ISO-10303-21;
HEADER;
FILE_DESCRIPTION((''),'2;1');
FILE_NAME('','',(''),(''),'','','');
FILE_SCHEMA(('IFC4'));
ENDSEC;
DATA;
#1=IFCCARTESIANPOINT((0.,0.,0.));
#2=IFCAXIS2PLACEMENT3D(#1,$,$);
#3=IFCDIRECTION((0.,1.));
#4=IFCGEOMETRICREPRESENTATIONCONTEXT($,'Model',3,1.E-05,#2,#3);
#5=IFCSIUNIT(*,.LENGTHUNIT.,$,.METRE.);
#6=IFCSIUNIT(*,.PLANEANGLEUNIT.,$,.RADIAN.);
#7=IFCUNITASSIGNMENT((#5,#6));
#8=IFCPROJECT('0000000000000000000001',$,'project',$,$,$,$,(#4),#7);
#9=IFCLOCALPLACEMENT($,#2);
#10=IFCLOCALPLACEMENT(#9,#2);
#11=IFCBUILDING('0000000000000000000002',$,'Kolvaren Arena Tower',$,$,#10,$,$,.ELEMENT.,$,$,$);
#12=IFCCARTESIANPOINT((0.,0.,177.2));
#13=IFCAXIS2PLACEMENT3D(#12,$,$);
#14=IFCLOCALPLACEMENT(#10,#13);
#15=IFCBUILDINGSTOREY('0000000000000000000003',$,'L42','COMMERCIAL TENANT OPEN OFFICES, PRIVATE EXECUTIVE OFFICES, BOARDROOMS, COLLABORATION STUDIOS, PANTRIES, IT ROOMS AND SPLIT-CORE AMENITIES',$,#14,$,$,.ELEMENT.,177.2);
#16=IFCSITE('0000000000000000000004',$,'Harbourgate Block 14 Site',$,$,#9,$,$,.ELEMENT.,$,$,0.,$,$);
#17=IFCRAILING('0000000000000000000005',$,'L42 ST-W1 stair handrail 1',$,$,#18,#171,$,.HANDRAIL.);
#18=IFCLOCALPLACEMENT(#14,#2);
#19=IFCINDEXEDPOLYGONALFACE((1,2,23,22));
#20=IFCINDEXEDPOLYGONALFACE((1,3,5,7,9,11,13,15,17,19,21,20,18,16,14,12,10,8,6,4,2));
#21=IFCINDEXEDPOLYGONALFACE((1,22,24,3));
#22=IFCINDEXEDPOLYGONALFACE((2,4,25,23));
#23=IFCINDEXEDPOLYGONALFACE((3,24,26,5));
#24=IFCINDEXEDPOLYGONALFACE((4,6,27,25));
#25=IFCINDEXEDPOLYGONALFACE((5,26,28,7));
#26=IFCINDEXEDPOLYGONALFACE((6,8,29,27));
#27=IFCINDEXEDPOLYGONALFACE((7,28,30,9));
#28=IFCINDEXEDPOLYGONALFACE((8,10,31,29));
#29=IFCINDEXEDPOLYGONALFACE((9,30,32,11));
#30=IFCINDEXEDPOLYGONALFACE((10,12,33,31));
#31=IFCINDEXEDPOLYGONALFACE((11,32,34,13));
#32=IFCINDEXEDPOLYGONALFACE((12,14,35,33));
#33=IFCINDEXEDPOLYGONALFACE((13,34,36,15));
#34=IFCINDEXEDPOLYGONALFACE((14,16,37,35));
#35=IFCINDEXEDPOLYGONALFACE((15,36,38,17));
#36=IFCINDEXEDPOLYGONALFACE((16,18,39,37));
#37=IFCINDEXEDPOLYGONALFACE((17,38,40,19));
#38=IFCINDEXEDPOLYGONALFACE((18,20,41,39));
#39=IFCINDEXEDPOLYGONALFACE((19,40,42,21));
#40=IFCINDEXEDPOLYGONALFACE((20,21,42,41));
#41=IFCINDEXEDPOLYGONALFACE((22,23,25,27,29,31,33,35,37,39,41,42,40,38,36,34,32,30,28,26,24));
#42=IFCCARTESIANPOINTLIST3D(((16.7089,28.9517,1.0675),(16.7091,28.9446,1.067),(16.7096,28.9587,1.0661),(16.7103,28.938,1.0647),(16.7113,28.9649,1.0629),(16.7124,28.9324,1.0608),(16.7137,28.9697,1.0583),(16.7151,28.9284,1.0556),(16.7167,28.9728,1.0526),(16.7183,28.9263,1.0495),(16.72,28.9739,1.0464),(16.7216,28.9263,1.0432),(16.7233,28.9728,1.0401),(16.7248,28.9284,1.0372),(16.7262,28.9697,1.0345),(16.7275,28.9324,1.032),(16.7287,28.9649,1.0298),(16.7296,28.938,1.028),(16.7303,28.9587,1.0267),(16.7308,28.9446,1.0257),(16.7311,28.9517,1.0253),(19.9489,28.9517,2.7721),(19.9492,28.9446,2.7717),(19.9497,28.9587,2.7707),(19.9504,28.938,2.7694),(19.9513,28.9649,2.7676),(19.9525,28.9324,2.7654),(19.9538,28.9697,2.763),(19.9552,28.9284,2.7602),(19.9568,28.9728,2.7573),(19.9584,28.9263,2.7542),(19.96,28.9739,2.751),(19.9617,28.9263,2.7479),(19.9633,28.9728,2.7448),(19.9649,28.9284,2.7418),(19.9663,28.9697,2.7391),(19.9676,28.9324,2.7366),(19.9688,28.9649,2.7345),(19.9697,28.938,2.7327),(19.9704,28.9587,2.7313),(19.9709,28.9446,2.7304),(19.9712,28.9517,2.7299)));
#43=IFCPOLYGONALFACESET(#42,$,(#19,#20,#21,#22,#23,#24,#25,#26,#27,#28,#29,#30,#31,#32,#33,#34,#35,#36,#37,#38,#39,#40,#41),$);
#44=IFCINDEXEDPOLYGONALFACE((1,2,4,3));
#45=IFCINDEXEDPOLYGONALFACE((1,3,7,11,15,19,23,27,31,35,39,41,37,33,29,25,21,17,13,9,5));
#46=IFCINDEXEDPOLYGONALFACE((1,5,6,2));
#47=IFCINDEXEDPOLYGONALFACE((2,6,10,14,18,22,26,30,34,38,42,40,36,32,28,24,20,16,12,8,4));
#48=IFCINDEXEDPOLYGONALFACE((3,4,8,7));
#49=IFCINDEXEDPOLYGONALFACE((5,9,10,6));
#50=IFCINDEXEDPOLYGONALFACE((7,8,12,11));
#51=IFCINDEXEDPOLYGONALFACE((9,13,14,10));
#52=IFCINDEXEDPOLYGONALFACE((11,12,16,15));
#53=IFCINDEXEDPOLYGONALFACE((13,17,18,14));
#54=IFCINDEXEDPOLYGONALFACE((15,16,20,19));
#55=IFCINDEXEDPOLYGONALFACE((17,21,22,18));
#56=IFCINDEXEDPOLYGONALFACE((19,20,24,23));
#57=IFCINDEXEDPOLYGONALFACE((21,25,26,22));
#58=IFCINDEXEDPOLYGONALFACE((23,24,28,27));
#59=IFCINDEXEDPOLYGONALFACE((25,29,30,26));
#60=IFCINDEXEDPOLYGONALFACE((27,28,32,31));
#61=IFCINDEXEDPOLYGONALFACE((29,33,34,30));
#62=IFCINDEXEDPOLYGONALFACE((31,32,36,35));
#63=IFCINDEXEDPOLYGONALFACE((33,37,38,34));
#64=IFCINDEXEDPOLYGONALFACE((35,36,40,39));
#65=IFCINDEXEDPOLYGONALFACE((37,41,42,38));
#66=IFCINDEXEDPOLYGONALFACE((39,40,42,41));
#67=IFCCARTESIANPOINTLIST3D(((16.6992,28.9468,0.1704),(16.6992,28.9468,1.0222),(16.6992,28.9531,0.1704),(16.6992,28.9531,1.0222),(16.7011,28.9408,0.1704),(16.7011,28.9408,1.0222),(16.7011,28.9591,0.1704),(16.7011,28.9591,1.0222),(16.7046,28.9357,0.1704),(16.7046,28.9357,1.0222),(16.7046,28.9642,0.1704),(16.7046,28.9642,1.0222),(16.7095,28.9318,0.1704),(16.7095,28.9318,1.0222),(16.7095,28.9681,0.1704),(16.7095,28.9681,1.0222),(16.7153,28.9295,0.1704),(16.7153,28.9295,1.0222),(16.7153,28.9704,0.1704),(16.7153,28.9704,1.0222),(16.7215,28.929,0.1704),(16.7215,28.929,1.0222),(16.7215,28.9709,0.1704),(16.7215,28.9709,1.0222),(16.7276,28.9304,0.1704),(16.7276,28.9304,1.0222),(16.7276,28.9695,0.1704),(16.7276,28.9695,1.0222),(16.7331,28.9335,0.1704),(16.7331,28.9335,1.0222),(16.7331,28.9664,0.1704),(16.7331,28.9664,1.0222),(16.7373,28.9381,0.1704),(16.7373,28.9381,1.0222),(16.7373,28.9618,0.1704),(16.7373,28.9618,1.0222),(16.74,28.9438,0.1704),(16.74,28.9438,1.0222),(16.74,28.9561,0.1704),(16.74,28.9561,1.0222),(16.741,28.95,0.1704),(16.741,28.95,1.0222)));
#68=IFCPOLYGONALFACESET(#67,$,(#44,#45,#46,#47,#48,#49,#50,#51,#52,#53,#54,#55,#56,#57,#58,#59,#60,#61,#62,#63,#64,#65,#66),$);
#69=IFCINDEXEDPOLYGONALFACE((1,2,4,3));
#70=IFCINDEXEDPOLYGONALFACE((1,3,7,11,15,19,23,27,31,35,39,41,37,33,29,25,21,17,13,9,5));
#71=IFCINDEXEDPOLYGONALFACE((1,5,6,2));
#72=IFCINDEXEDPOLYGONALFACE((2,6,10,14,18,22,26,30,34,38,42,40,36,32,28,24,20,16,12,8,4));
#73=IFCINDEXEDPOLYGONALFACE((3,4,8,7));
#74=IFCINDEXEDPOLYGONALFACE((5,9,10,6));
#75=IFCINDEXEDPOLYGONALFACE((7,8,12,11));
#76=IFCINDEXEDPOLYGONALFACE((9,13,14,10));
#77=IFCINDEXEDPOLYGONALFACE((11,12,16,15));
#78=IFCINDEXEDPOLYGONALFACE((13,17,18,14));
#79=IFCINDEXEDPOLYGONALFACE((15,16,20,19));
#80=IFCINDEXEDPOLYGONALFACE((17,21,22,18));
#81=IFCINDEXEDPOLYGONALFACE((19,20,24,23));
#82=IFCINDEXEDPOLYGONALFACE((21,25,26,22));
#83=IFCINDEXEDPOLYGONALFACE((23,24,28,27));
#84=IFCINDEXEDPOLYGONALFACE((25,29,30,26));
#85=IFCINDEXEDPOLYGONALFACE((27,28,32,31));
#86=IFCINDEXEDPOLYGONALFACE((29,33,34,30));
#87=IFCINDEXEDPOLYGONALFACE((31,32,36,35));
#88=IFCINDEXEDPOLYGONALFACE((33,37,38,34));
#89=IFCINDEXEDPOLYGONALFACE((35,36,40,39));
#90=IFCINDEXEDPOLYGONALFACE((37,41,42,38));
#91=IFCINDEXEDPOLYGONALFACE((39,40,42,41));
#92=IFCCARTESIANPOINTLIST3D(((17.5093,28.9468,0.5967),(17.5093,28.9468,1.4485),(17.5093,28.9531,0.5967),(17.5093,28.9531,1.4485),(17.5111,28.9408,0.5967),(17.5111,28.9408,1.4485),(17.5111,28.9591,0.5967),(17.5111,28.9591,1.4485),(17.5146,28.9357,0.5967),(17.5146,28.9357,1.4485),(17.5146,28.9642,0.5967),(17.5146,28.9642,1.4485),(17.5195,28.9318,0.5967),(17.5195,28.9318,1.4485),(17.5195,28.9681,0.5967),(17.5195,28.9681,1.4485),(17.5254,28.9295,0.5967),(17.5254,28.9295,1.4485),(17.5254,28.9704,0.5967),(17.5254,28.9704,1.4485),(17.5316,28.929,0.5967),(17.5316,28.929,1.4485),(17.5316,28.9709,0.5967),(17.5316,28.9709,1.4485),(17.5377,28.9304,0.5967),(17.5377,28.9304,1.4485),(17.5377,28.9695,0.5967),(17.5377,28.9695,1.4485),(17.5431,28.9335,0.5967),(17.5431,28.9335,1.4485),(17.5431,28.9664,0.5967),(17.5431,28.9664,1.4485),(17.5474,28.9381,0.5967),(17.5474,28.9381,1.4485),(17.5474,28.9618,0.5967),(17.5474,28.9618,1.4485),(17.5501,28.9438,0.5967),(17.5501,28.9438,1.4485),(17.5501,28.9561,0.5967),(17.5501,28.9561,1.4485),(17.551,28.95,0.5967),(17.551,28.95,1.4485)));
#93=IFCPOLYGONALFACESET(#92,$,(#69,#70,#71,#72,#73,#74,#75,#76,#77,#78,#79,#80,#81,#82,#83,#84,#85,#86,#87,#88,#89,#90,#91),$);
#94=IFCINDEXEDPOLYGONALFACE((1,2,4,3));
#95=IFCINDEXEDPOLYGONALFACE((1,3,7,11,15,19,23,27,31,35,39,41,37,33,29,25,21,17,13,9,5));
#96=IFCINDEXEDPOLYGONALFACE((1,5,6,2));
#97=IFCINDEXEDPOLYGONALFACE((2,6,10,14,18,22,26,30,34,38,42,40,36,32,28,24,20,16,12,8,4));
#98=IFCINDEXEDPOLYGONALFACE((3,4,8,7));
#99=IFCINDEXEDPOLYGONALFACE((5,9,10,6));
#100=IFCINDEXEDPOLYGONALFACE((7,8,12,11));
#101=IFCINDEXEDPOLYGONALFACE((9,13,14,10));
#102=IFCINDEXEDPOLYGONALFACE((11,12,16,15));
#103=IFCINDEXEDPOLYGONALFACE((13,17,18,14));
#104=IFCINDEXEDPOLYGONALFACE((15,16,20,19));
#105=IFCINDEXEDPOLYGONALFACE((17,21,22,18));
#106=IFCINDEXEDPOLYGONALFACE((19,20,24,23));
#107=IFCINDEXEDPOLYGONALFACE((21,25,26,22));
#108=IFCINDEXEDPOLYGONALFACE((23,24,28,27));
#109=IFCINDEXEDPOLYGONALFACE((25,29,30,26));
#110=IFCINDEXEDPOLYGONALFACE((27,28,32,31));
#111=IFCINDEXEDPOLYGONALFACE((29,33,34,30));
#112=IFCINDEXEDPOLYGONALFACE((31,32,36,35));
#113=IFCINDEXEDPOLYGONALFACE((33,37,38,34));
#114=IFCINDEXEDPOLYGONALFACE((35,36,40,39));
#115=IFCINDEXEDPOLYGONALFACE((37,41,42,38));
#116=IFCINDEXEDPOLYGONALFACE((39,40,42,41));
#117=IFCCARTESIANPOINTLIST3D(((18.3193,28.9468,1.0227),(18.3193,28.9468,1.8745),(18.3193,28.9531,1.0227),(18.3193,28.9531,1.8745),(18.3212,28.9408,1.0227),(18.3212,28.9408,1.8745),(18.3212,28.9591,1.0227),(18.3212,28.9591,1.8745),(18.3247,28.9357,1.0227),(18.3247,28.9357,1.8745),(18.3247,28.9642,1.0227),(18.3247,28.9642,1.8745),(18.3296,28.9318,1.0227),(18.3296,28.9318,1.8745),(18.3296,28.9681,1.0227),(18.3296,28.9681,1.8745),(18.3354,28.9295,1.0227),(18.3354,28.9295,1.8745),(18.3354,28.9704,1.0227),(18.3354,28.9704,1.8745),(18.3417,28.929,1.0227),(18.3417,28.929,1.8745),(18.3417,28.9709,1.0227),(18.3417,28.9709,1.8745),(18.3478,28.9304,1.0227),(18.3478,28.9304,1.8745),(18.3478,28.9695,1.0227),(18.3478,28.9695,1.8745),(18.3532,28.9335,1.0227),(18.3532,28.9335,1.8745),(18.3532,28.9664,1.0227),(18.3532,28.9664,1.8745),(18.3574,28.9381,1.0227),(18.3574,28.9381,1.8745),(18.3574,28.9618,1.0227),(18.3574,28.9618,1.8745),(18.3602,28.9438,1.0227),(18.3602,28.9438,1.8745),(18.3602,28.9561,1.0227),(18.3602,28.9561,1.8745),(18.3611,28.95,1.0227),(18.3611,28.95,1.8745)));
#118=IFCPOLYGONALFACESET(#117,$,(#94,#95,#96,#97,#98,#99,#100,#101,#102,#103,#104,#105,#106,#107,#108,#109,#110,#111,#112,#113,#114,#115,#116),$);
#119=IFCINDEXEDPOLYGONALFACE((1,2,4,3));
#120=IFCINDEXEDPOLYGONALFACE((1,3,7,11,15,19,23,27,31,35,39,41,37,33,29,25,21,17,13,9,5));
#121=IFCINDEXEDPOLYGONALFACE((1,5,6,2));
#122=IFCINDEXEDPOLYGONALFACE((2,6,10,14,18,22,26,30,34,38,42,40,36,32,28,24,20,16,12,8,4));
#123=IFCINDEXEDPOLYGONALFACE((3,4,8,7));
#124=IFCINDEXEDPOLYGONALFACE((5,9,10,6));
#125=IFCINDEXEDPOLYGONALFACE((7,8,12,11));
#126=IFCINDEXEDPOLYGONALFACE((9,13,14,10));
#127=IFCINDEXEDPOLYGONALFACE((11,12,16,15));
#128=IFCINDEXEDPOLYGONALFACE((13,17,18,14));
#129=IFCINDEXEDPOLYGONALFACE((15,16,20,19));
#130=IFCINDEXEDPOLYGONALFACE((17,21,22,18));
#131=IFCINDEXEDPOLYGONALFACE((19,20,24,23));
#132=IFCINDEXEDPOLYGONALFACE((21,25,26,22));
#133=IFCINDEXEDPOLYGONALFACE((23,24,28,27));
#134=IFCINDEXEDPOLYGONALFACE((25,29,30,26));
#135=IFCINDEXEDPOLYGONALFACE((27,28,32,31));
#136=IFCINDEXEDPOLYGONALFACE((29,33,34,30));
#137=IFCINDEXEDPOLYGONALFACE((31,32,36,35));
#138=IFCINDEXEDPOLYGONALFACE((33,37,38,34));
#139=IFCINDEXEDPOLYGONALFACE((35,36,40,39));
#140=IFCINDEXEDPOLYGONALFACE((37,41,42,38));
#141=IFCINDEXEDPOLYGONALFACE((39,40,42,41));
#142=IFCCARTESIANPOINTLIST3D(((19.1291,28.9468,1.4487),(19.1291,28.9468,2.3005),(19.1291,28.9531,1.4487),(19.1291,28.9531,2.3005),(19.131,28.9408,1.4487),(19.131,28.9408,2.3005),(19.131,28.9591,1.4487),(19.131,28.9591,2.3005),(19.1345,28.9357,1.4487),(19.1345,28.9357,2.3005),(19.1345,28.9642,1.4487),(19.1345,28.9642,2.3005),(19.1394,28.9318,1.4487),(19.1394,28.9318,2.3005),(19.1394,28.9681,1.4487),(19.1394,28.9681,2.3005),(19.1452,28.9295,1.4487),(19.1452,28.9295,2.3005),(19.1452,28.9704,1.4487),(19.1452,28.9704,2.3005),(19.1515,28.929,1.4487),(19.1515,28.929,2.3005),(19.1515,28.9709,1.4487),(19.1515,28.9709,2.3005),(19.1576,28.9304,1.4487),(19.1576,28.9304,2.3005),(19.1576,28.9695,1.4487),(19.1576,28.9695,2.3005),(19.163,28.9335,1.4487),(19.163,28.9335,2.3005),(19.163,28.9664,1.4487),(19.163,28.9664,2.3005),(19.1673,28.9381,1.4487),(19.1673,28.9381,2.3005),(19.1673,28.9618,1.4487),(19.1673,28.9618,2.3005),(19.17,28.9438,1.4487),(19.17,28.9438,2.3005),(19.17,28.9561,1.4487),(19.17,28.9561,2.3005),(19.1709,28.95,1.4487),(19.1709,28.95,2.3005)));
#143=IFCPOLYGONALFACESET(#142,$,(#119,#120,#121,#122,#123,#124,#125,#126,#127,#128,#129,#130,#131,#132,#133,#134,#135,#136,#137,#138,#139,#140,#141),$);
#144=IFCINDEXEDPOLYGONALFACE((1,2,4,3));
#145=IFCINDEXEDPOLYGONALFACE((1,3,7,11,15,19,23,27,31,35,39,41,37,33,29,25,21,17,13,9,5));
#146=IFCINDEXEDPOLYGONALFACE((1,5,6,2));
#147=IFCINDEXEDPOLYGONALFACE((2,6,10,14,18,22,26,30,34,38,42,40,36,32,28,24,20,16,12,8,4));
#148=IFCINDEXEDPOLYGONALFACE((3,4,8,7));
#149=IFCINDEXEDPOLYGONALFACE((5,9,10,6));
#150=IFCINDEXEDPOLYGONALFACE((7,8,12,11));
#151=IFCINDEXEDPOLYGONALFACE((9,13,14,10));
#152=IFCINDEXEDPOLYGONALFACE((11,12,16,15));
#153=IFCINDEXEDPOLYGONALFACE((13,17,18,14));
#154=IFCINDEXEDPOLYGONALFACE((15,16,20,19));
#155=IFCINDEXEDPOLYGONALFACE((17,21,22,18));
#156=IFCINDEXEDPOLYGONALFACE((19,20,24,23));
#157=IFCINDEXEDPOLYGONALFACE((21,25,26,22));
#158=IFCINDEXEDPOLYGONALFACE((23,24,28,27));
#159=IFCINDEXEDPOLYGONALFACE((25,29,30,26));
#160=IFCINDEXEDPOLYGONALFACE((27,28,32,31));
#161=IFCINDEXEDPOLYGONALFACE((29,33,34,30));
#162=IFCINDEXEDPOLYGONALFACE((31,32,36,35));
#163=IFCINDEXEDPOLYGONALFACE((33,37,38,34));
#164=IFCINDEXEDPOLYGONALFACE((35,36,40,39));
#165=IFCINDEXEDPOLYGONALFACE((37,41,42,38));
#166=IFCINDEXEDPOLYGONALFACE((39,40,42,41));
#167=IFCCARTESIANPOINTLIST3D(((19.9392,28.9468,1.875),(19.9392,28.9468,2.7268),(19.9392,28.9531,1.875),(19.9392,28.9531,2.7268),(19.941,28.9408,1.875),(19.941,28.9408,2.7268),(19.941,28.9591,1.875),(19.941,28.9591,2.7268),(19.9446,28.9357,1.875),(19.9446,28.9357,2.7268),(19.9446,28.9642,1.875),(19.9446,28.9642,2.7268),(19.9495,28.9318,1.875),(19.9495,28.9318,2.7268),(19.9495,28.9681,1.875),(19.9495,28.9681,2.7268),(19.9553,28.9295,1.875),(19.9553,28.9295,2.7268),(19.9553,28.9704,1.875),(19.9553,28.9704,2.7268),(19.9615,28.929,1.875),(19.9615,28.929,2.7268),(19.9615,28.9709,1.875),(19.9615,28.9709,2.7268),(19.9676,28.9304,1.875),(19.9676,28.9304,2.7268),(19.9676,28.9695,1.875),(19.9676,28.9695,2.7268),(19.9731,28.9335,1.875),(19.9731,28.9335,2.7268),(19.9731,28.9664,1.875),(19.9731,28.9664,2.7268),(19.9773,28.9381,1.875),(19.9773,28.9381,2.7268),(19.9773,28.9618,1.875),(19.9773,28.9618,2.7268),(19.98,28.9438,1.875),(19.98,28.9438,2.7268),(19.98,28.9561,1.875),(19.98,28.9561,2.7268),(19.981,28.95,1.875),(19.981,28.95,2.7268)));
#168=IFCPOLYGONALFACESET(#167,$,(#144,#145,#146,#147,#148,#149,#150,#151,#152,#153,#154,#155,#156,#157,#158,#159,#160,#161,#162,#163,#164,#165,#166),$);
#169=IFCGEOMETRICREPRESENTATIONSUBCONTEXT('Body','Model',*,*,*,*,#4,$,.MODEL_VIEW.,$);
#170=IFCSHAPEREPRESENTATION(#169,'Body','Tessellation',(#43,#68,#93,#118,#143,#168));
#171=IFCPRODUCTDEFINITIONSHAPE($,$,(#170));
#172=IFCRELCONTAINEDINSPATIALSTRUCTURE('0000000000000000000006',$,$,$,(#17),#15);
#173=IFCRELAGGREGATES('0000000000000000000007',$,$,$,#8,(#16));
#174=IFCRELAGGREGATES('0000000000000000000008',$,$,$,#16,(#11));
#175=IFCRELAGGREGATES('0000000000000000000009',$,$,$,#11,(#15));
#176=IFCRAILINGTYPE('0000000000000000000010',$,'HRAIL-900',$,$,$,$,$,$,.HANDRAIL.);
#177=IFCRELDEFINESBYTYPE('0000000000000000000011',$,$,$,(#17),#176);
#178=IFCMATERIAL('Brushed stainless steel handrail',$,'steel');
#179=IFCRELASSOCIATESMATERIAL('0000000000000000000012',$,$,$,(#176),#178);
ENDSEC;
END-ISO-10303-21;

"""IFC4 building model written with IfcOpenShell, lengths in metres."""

from ifc_helpers import new_model, si_unit, direction, frame, origin, origin_2d, place, context, subcontext, project, spatial, circle, extrude, material, type_object, element, save


model = new_model("IFC4")

# Units and contexts
model_context = context("Model", 3, precision=1e-05, world=origin(), true_north=direction((0.0, 1.0)))
body_context = subcontext(model_context, "Body", "Model", "MODEL_VIEW")
ifc_project = project(units=[si_unit("LENGTHUNIT", "METRE"), si_unit("PLANEANGLEUNIT", "RADIAN")], contexts=[model_context])

# Site, building, storey
site_placement = place(None, origin())
site = spatial("IfcSite", under=ifc_project, at=site_placement, Name="Harbourgate Block 14 Site", CompositionType="ELEMENT", RefElevation=0.0)
building_placement = place(site_placement, origin())
building = spatial("IfcBuilding", under=site, at=building_placement, Name="Kolvaren Arena Tower", CompositionType="ELEMENT")
storey_placement = place(building_placement, frame((0.0, 0.0, 177.2)))
storey = spatial("IfcBuildingStorey", under=building, at=storey_placement, Name="L42", Description="COMMERCIAL TENANT OPEN OFFICES, PRIVATE EXECUTIVE OFFICES, BOARDROOMS, COLLABORATION STUDIOS, PANTRIES, IT ROOMS AND SPLIT-CORE AMENITIES", CompositionType="ELEMENT", Elevation=177.2)

# Railing
ifc_material_1 = material(Name="Brushed stainless steel handrail", Category="steel")
railing_type_1 = type_object("IfcRailingType", Name="HRAIL-900", PredefinedType="HANDRAIL", material=ifc_material_1)
railing_1_placement = place(storey_placement, frame((16.72, 28.95, 0.1704)))
element("IfcRailing", 1, at=railing_1_placement, inside=storey, type_object=railing_type_1, Name="L42 ST-W1 stair handrail 1", PredefinedType="HANDRAIL", context=body_context, shape_type="SweptSolid", body=[
    extrude(circle(Radius=0.0239, at=origin_2d()), frame((0.0, 0.0, 0.876), z_axis=(0.884993, 0.0, 0.465604), x_axis=(0.0, 1.0, 0.0)), (0.0, 0.0, 1.0), 3.6611),
    extrude(circle(Radius=0.021, at=origin_2d()), origin(), (0.0, 0.0, 1.0), 0.8518),
    extrude(circle(Radius=0.021, at=origin_2d()), frame((0.8101, 0.0, 0.4263)), (0.0, 0.0, 1.0), 0.8518),
    extrude(circle(Radius=0.021, at=origin_2d()), frame((1.6201, 0.0, 0.8523)), (0.0, 0.0, 1.0), 0.8518),
    extrude(circle(Radius=0.021, at=origin_2d()), frame((2.4299, 0.0, 1.2783)), (0.0, 0.0, 1.0), 0.8518),
    extrude(circle(Radius=0.021, at=origin_2d()), frame((3.24, 0.0, 1.7046)), (0.0, 0.0, 1.0), 0.8518),
])

save(model, "model.ifc")
